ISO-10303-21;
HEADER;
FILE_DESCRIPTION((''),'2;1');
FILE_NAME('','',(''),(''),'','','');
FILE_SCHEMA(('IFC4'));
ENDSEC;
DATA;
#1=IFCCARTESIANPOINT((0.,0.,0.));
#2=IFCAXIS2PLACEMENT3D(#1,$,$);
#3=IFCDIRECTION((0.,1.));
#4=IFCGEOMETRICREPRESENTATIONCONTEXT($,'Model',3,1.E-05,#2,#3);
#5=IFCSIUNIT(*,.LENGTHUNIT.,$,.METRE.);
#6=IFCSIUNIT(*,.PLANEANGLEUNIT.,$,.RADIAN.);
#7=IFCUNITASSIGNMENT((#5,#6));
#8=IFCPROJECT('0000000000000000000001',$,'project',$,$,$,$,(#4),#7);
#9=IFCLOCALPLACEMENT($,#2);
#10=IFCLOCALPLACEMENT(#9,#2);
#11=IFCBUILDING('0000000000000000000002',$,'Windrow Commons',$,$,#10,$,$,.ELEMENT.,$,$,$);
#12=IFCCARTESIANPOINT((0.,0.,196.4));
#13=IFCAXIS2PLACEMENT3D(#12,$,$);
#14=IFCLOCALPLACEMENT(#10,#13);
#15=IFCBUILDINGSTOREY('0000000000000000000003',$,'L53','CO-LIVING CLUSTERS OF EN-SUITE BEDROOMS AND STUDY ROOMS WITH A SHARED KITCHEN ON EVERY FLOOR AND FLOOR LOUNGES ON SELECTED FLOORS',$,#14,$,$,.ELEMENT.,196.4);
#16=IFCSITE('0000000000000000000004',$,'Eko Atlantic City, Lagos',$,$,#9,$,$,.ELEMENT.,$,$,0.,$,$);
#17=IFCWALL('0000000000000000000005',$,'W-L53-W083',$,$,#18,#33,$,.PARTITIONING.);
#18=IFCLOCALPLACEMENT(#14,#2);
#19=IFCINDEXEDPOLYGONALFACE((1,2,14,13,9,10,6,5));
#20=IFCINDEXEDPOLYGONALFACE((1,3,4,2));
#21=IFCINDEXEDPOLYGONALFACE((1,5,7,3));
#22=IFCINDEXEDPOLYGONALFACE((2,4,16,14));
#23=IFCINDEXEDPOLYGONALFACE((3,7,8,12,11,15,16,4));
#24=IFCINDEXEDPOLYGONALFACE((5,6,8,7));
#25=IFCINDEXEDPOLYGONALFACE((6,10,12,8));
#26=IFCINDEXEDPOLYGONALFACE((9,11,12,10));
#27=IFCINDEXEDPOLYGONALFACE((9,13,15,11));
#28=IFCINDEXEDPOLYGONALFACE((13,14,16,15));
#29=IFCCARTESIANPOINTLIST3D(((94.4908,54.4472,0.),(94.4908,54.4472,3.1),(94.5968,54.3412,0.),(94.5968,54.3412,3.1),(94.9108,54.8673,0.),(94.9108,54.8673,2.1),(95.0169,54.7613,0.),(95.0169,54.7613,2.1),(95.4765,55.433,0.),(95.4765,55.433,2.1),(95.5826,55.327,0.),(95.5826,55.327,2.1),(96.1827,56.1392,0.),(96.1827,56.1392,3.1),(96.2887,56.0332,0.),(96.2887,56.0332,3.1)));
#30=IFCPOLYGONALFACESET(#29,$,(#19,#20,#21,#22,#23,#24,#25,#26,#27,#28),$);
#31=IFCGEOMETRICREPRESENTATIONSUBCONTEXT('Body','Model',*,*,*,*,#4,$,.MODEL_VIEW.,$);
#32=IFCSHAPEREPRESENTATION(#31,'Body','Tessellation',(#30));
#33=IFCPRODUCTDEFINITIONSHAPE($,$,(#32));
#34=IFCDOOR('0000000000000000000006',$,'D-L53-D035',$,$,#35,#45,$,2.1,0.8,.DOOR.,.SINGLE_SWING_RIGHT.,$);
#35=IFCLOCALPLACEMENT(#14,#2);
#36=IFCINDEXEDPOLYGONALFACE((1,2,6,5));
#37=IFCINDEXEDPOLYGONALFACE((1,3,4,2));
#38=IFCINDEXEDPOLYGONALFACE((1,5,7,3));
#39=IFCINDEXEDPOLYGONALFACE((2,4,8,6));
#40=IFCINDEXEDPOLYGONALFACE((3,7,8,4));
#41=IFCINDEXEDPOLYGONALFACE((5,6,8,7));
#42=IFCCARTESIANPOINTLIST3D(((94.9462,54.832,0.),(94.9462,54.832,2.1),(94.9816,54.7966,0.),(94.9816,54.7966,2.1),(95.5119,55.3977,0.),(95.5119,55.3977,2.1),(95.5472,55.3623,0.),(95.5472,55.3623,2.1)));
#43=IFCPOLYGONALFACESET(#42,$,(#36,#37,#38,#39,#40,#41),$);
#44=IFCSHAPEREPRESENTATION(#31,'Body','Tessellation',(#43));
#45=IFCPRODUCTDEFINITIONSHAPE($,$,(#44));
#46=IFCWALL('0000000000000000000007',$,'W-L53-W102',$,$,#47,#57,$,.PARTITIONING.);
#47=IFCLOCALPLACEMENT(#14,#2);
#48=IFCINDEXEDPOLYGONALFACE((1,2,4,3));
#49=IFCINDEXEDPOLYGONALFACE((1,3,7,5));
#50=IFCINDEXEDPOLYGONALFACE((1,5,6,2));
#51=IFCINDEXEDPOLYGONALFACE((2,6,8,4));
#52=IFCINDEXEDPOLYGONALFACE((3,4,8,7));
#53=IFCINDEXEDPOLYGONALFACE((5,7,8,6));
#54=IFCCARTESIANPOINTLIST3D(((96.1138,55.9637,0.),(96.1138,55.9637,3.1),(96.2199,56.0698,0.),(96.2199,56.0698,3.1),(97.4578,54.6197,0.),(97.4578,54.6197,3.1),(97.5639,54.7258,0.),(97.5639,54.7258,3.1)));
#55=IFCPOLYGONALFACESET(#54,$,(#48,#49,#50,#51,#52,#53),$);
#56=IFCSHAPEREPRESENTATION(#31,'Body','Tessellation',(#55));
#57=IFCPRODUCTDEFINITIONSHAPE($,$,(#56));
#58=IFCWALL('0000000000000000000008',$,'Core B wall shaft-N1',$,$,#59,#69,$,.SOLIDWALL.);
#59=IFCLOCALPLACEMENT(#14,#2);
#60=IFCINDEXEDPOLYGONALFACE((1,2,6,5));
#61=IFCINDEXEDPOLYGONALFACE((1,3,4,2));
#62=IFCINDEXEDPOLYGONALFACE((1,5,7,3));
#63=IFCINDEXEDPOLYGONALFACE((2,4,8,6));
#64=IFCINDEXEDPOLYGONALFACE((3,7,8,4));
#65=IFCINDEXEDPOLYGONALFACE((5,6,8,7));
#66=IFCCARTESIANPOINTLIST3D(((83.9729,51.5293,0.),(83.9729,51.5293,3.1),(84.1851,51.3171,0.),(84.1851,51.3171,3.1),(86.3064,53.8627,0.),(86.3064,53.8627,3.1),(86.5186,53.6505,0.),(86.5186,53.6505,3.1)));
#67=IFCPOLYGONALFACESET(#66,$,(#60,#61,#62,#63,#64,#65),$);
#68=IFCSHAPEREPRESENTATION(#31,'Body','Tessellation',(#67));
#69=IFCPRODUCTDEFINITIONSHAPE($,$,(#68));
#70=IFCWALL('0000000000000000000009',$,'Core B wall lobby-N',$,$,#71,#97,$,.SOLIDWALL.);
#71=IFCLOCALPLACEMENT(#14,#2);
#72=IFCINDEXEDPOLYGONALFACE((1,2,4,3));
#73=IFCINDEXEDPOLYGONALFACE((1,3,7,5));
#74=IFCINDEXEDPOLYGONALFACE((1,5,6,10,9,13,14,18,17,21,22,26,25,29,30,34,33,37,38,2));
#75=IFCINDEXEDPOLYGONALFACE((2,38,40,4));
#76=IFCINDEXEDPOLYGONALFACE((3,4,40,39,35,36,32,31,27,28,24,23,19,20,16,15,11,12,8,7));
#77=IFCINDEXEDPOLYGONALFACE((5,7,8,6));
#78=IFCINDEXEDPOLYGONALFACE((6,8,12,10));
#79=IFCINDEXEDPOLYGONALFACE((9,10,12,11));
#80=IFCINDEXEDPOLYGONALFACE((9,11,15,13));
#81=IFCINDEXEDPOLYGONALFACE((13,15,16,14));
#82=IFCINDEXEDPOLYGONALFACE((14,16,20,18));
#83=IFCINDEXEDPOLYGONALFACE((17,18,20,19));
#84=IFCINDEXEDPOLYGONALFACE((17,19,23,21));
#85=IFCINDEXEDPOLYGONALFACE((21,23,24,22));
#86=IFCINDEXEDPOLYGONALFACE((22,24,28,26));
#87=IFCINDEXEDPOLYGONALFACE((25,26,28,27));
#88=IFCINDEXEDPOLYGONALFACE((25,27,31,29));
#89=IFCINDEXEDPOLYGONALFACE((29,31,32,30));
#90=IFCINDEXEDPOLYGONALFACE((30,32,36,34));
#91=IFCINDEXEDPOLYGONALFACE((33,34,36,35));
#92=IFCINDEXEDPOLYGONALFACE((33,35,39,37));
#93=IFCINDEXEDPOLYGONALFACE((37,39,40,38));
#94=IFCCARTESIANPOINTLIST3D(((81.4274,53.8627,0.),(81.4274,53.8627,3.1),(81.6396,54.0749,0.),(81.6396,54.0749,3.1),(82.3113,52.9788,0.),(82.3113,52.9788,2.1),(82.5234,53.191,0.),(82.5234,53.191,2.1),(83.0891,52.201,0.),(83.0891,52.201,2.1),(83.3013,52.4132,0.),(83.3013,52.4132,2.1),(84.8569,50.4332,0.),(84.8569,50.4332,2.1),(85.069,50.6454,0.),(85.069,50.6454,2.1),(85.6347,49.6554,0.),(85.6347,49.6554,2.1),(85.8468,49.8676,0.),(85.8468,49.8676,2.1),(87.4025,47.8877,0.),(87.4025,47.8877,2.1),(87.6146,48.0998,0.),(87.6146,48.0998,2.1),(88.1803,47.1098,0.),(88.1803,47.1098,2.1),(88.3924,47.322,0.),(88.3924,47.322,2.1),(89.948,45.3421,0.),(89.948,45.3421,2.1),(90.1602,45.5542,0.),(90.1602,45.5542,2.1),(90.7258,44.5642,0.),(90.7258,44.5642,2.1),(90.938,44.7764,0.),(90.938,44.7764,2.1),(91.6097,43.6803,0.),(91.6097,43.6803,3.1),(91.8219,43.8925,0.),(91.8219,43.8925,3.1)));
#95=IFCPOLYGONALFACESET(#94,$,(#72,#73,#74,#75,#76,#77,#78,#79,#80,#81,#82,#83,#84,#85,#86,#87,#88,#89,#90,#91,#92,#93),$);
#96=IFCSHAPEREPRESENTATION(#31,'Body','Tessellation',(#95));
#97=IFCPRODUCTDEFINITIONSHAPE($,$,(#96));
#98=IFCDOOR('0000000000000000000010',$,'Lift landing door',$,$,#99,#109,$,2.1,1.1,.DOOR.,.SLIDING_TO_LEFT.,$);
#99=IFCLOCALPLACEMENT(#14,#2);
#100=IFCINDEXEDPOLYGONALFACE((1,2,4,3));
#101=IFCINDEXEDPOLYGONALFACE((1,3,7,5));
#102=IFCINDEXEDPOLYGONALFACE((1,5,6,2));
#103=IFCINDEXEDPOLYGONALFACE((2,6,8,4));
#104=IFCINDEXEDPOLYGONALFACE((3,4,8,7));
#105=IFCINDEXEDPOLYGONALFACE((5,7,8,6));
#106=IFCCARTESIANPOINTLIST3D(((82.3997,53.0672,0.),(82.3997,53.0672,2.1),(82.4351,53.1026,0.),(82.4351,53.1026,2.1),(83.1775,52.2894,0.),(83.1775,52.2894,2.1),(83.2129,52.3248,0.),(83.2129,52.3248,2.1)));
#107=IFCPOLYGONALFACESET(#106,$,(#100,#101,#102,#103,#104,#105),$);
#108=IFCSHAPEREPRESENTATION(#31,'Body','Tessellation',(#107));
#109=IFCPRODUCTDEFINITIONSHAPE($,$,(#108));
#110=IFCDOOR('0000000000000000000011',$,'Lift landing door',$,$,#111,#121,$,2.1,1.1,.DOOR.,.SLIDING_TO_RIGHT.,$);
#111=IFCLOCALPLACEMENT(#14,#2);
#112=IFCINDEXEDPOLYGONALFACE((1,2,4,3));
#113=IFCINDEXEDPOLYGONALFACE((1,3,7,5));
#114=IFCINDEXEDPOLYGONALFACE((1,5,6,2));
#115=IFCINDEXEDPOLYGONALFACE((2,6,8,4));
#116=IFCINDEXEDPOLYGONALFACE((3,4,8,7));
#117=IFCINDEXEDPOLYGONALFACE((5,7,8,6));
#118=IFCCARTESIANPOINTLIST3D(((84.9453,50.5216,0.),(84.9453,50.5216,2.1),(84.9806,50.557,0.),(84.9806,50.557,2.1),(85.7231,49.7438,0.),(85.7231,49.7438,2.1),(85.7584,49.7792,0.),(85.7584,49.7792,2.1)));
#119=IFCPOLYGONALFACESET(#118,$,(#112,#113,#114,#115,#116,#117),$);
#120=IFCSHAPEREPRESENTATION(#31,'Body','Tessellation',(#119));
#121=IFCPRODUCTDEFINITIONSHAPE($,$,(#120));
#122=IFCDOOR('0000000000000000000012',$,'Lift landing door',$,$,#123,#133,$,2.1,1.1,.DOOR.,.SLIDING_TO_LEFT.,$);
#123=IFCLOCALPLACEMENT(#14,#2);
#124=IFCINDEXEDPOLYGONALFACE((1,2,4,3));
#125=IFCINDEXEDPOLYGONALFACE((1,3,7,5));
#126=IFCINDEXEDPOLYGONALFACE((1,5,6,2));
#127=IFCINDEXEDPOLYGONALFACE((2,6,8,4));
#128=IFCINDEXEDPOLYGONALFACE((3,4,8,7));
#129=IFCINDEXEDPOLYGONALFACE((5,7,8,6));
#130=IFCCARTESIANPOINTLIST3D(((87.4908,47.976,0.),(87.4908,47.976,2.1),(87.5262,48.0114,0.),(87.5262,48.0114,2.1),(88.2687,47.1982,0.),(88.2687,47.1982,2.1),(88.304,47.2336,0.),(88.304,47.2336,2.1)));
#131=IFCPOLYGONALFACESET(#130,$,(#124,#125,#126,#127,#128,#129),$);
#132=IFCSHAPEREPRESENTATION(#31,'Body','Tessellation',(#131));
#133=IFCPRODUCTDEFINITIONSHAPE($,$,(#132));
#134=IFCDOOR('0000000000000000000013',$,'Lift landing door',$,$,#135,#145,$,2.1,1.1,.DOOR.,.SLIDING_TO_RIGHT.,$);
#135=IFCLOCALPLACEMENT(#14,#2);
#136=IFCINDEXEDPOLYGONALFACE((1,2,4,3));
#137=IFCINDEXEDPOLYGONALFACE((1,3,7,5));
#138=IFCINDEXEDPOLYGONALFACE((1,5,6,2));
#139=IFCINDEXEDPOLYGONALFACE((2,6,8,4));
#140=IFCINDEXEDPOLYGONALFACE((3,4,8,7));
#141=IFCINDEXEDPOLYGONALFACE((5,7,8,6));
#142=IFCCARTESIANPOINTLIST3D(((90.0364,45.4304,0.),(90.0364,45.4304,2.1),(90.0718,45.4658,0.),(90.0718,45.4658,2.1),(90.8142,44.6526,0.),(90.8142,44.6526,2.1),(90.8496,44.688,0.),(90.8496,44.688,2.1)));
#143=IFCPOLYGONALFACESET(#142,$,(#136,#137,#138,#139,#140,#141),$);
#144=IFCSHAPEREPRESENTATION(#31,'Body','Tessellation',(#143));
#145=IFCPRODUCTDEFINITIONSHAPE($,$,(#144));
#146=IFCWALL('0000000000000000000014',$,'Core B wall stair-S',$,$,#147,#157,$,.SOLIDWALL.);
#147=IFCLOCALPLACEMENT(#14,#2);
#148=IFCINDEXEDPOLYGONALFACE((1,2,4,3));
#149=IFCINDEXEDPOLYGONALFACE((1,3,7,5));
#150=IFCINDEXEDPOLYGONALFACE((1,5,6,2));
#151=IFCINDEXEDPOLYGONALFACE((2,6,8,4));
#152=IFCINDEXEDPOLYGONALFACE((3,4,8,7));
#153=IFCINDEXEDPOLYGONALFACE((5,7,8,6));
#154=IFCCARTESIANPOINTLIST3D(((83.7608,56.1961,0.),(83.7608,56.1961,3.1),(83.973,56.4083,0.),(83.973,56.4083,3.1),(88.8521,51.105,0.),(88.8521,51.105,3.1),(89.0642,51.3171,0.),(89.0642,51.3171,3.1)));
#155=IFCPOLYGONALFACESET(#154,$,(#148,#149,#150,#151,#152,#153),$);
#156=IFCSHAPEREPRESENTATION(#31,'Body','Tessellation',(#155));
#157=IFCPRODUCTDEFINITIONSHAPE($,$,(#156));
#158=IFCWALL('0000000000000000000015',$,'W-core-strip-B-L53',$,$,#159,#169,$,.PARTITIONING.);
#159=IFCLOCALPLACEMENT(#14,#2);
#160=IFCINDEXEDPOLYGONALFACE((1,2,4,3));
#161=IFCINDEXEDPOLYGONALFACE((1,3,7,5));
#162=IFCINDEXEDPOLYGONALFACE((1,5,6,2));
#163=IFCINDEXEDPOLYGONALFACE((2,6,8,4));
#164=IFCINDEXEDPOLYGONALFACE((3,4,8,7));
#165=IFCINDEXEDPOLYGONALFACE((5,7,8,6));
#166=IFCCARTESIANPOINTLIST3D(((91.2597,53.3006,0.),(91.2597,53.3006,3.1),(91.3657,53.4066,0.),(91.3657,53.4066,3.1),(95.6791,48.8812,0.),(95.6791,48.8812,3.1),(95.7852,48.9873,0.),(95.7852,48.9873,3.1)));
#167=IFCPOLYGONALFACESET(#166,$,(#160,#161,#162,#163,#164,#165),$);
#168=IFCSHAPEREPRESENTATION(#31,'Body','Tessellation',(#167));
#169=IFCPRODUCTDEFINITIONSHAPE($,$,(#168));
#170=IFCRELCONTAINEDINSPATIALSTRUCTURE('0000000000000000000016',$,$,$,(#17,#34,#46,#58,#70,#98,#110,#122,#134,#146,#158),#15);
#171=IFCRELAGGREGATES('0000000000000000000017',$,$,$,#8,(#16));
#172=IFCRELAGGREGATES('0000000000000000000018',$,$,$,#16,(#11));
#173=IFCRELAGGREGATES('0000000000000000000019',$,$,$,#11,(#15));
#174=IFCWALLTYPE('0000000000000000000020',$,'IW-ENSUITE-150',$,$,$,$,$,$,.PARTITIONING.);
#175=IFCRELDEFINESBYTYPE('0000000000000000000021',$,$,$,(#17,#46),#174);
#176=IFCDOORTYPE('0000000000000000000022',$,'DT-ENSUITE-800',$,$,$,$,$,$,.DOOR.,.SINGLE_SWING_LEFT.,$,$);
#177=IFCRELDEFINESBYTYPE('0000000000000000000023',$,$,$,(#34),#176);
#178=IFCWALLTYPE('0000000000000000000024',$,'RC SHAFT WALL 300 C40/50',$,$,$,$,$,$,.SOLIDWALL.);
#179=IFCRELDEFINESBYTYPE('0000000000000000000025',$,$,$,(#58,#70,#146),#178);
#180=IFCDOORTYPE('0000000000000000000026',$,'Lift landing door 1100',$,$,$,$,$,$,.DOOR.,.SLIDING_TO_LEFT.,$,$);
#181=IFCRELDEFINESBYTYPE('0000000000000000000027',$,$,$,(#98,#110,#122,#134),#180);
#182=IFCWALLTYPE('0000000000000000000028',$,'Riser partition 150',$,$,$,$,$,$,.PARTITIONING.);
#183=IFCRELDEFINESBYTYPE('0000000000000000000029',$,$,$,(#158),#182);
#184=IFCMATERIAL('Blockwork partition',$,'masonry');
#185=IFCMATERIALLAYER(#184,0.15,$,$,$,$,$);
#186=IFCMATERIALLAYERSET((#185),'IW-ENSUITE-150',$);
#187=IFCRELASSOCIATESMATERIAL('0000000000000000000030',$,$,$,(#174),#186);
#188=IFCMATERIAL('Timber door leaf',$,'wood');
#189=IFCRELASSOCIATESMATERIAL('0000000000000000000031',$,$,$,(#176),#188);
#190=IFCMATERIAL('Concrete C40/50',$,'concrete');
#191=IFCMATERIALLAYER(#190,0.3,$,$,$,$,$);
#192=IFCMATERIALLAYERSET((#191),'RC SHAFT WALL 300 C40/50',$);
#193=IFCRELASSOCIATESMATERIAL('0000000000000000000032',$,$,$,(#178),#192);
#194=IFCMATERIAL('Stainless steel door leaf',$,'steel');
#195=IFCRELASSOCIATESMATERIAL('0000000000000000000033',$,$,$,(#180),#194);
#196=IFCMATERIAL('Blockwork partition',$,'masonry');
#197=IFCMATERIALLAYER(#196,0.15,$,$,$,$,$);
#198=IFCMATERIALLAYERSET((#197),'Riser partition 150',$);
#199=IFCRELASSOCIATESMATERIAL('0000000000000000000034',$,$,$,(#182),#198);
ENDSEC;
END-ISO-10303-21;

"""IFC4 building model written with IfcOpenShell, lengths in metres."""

from ifc_helpers import new_model, si_unit, direction, frame, frame_2d, origin, place, context, subcontext, project, spatial, rectangle, extrude, material, layer, layer_set, type_object, element, fill, save


model = new_model("IFC4")

# Units and contexts
model_context = context("Model", 3, precision=1e-05, world=origin(), true_north=direction((0.0, 1.0)))
body_context = subcontext(model_context, "Body", "Model", "MODEL_VIEW")
ifc_project = project(units=[si_unit("LENGTHUNIT", "METRE"), si_unit("PLANEANGLEUNIT", "RADIAN")], contexts=[model_context])

# Site, building, storey
site_placement = place(None, origin())
site = spatial("IfcSite", under=ifc_project, at=site_placement, Name="Eko Atlantic City, Lagos", CompositionType="ELEMENT", RefElevation=0.0)
building_placement = place(site_placement, origin())
building = spatial("IfcBuilding", under=site, at=building_placement, Name="Windrow Commons", CompositionType="ELEMENT")
storey_placement = place(building_placement, frame((0.0, 0.0, 196.4)))
storey = spatial("IfcBuildingStorey", under=building, at=storey_placement, Name="L53", Description="CO-LIVING CLUSTERS OF EN-SUITE BEDROOMS AND STUDY ROOMS WITH A SHARED KITCHEN ON EVERY FLOOR AND FLOOR LOUNGES ON SELECTED FLOORS", CompositionType="ELEMENT", Elevation=196.4)

# Shared definitions
ifc_material_1 = material(Name="Blockwork partition", Category="masonry")
ifc_layer_1 = layer(ifc_material_1, 0.15)
ifc_layer_set_1 = layer_set([ifc_layer_1], Name="IW-ENSUITE-150")
wall_type_1 = type_object("IfcWallType", Name="IW-ENSUITE-150", PredefinedType="PARTITIONING", material=ifc_layer_set_1)

# Wall, opening, door
wall_1_placement = place(storey_placement, frame((94.5438, 54.3942, 0.0), z_axis=(0.0, 0.0, 1.0), x_axis=(0.707086, 0.707128, 0.0)))
wall_1 = element("IfcWall", 1, at=wall_1_placement, inside=storey, type_object=wall_type_1, Name="W-L53-W083", PredefinedType="PARTITIONING", context=body_context, shape_type="SweptSolid", body=[
    extrude(rectangle(XDim=2.3928, YDim=0.15, at=frame_2d((1.1964, 0.0))), origin(), (0.0, 0.0, 1.0), 3.1),
])
opening_1_placement = place(wall_1_placement, frame((0.5941, 0.0, 0.0)))
opening_1 = element("IfcOpeningElement", 2, at=opening_1_placement, cuts=wall_1, PredefinedType="OPENING", context=body_context, shape_type="SweptSolid", body=[
    extrude(rectangle(XDim=0.8, YDim=2.1, at=frame_2d((0.4, 1.05))), frame((0.0, 0.085, 0.0), z_axis=(0.0, -1.0, 0.0), x_axis=(1.0, 0.0, 0.0)), (0.0, 0.0, 1.0), 0.17),
])
ifc_material_2 = material(Name="Timber door leaf", Category="wood")
door_type_1 = type_object("IfcDoorType", Name="DT-ENSUITE-800", OperationType="SINGLE_SWING_LEFT", PredefinedType="DOOR", material=ifc_material_2)
door_1_placement = place(opening_1_placement, origin())
door_1 = element("IfcDoor", 3, at=door_1_placement, inside=storey, type_object=door_type_1, Name="D-L53-D035", OperationType="SINGLE_SWING_RIGHT", OverallHeight=2.1, OverallWidth=0.8, PredefinedType="DOOR", context=body_context, shape_type="SweptSolid", body=[
    extrude(rectangle(XDim=0.8, YDim=2.1, at=frame_2d((0.4, 1.05))), frame((0.0, 0.025, 0.0), z_axis=(0.0, -1.0, 0.0), x_axis=(1.0, 0.0, 0.0)), (0.0, 0.0, 1.0), 0.05),
])
fill(opening_1, door_1)

# Walls
wall_2_placement = place(storey_placement, frame((96.1668, 56.0168, 0.0), z_axis=(0.0, 0.0, 1.0), x_axis=(0.707107, -0.707107, 0.0)))
element("IfcWall", 4, at=wall_2_placement, inside=storey, type_object=wall_type_1, Name="W-L53-W102", PredefinedType="PARTITIONING", context=body_context, shape_type="SweptSolid", body=[
    extrude(rectangle(XDim=1.9007, YDim=0.15, at=frame_2d((0.9504, 0.0))), origin(), (0.0, 0.0, 1.0), 3.1),
])
ifc_material_3 = material(Name="Concrete C40/50", Category="concrete")
ifc_layer_2 = layer(ifc_material_3, 0.3)
ifc_layer_set_2 = layer_set([ifc_layer_2], Name="RC SHAFT WALL 300 C40/50")
wall_type_2 = type_object("IfcWallType", Name="RC SHAFT WALL 300 C40/50", PredefinedType="SOLIDWALL", material=ifc_layer_set_2)
wall_3_placement = place(storey_placement, frame((84.079, 51.4232, 0.0), z_axis=(0.0, 0.0, 1.0), x_axis=(0.707122, 0.707092, 0.0)))
element("IfcWall", 5, at=wall_3_placement, inside=storey, type_object=wall_type_2, Name="Core B wall shaft-N1", PredefinedType="SOLIDWALL", context=body_context, shape_type="SweptSolid", body=[
    extrude(rectangle(XDim=3.3, YDim=0.3, at=frame_2d((1.65, 0.0))), origin(), (0.0, 0.0, 1.0), 3.1),
])

# Wall, openings, doors
wall_4_placement = place(storey_placement, frame((81.5335, 53.9688, 0.0), z_axis=(0.0, 0.0, 1.0), x_axis=(0.707103, -0.70711, 0.0)))
wall_4 = element("IfcWall", 6, at=wall_4_placement, inside=storey, type_object=wall_type_2, Name="Core B wall lobby-N", PredefinedType="SOLIDWALL", context=body_context, shape_type="SweptSolid", body=[
    extrude(rectangle(XDim=14.4, YDim=0.3, at=frame_2d((7.2, 0.0))), origin(), (0.0, 0.0, 1.0), 3.1),
])
opening_2_placement = place(wall_4_placement, frame((1.25, 0.0, 0.0)))
opening_2 = element("IfcOpeningElement", 7, at=opening_2_placement, cuts=wall_4, PredefinedType="OPENING", context=body_context, shape_type="SweptSolid", body=[
    extrude(rectangle(XDim=1.1, YDim=2.1, at=frame_2d((0.55, 1.05))), frame((0.0, 0.16, 0.0), z_axis=(0.0, -1.0, 0.0), x_axis=(1.0, 0.0, 0.0)), (0.0, 0.0, 1.0), 0.32),
])
opening_3_placement = place(wall_4_placement, frame((4.85, 0.0, 0.0)))
opening_3 = element("IfcOpeningElement", 8, at=opening_3_placement, cuts=wall_4, PredefinedType="OPENING", context=body_context, shape_type="SweptSolid", body=[
    extrude(rectangle(XDim=1.1, YDim=2.1, at=frame_2d((0.55, 1.05))), frame((0.0, 0.16, 0.0), z_axis=(0.0, -1.0, 0.0), x_axis=(1.0, 0.0, 0.0)), (0.0, 0.0, 1.0), 0.32),
])
opening_4_placement = place(wall_4_placement, frame((8.45, 0.0, 0.0)))
opening_4 = element("IfcOpeningElement", 9, at=opening_4_placement, cuts=wall_4, PredefinedType="OPENING", context=body_context, shape_type="SweptSolid", body=[
    extrude(rectangle(XDim=1.1, YDim=2.1, at=frame_2d((0.55, 1.05))), frame((0.0, 0.16, 0.0), z_axis=(0.0, -1.0, 0.0), x_axis=(1.0, 0.0, 0.0)), (0.0, 0.0, 1.0), 0.32),
])
opening_5_placement = place(wall_4_placement, frame((12.05, 0.0, 0.0)))
opening_5 = element("IfcOpeningElement", 10, at=opening_5_placement, cuts=wall_4, PredefinedType="OPENING", context=body_context, shape_type="SweptSolid", body=[
    extrude(rectangle(XDim=1.1, YDim=2.1, at=frame_2d((0.55, 1.05))), frame((0.0, 0.16, 0.0), z_axis=(0.0, -1.0, 0.0), x_axis=(1.0, 0.0, 0.0)), (0.0, 0.0, 1.0), 0.32),
])
ifc_material_4 = material(Name="Stainless steel door leaf", Category="steel")
door_type_2 = type_object("IfcDoorType", Name="Lift landing door 1100", OperationType="SLIDING_TO_LEFT", PredefinedType="DOOR", material=ifc_material_4)
door_2_placement = place(opening_2_placement, origin())
door_2 = element("IfcDoor", 11, at=door_2_placement, inside=storey, type_object=door_type_2, Name="Lift landing door", OperationType="SLIDING_TO_LEFT", OverallHeight=2.1, OverallWidth=1.1, PredefinedType="DOOR", context=body_context, shape_type="SweptSolid", body=[
    extrude(rectangle(XDim=1.1, YDim=2.1, at=frame_2d((0.55, 1.05))), frame((0.0, 0.025, 0.0), z_axis=(0.0, -1.0, 0.0), x_axis=(1.0, 0.0, 0.0)), (0.0, 0.0, 1.0), 0.05),
])
fill(opening_2, door_2)
door_3_placement = place(opening_3_placement, origin())
door_3 = element("IfcDoor", 12, at=door_3_placement, inside=storey, type_object=door_type_2, Name="Lift landing door", OperationType="SLIDING_TO_RIGHT", OverallHeight=2.1, OverallWidth=1.1, PredefinedType="DOOR", context=body_context, shape_type="SweptSolid", body=[
    extrude(rectangle(XDim=1.1, YDim=2.1, at=frame_2d((0.55, 1.05))), frame((0.0, 0.025, 0.0), z_axis=(0.0, -1.0, 0.0), x_axis=(1.0, 0.0, 0.0)), (0.0, 0.0, 1.0), 0.05),
])
fill(opening_3, door_3)
door_4_placement = place(opening_4_placement, origin())
door_4 = element("IfcDoor", 13, at=door_4_placement, inside=storey, type_object=door_type_2, Name="Lift landing door", OperationType="SLIDING_TO_LEFT", OverallHeight=2.1, OverallWidth=1.1, PredefinedType="DOOR", context=body_context, shape_type="SweptSolid", body=[
    extrude(rectangle(XDim=1.1, YDim=2.1, at=frame_2d((0.55, 1.05))), frame((0.0, 0.025, 0.0), z_axis=(0.0, -1.0, 0.0), x_axis=(1.0, 0.0, 0.0)), (0.0, 0.0, 1.0), 0.05),
])
fill(opening_4, door_4)
door_5_placement = place(opening_5_placement, origin())
door_5 = element("IfcDoor", 14, at=door_5_placement, inside=storey, type_object=door_type_2, Name="Lift landing door", OperationType="SLIDING_TO_RIGHT", OverallHeight=2.1, OverallWidth=1.1, PredefinedType="DOOR", context=body_context, shape_type="SweptSolid", body=[
    extrude(rectangle(XDim=1.1, YDim=2.1, at=frame_2d((0.55, 1.05))), frame((0.0, 0.025, 0.0), z_axis=(0.0, -1.0, 0.0), x_axis=(1.0, 0.0, 0.0)), (0.0, 0.0, 1.0), 0.05),
])
fill(opening_5, door_5)

# Walls
wall_5_placement = place(storey_placement, frame((83.8669, 56.3022, 0.0), z_axis=(0.0, 0.0, 1.0), x_axis=(0.707114, -0.7071, 0.0)))
element("IfcWall", 15, at=wall_5_placement, inside=storey, type_object=wall_type_2, Name="Core B wall stair-S", PredefinedType="SOLIDWALL", context=body_context, shape_type="SweptSolid", body=[
    extrude(rectangle(XDim=7.2, YDim=0.3, at=frame_2d((3.6, 0.0))), origin(), (0.0, 0.0, 1.0), 3.1),
])
ifc_material_5 = material(Name="Blockwork partition", Category="masonry")
ifc_layer_3 = layer(ifc_material_5, 0.15)
ifc_layer_set_3 = layer_set([ifc_layer_3], Name="Riser partition 150")
wall_type_3 = type_object("IfcWallType", Name="Riser partition 150", PredefinedType="PARTITIONING", material=ifc_layer_set_3)
wall_6_placement = place(storey_placement, frame((91.3127, 53.3536, 0.0), z_axis=(0.0, 0.0, 1.0), x_axis=(0.707115, -0.707099, 0.0)))
element("IfcWall", 16, at=wall_6_placement, inside=storey, type_object=wall_type_3, Name="W-core-strip-B-L53", PredefinedType="PARTITIONING", context=body_context, shape_type="SweptSolid", body=[
    extrude(rectangle(XDim=6.25, YDim=0.15, at=frame_2d((3.125, 0.0))), origin(), (0.0, 0.0, 1.0), 3.1),
])

save(model, "model.ifc")
